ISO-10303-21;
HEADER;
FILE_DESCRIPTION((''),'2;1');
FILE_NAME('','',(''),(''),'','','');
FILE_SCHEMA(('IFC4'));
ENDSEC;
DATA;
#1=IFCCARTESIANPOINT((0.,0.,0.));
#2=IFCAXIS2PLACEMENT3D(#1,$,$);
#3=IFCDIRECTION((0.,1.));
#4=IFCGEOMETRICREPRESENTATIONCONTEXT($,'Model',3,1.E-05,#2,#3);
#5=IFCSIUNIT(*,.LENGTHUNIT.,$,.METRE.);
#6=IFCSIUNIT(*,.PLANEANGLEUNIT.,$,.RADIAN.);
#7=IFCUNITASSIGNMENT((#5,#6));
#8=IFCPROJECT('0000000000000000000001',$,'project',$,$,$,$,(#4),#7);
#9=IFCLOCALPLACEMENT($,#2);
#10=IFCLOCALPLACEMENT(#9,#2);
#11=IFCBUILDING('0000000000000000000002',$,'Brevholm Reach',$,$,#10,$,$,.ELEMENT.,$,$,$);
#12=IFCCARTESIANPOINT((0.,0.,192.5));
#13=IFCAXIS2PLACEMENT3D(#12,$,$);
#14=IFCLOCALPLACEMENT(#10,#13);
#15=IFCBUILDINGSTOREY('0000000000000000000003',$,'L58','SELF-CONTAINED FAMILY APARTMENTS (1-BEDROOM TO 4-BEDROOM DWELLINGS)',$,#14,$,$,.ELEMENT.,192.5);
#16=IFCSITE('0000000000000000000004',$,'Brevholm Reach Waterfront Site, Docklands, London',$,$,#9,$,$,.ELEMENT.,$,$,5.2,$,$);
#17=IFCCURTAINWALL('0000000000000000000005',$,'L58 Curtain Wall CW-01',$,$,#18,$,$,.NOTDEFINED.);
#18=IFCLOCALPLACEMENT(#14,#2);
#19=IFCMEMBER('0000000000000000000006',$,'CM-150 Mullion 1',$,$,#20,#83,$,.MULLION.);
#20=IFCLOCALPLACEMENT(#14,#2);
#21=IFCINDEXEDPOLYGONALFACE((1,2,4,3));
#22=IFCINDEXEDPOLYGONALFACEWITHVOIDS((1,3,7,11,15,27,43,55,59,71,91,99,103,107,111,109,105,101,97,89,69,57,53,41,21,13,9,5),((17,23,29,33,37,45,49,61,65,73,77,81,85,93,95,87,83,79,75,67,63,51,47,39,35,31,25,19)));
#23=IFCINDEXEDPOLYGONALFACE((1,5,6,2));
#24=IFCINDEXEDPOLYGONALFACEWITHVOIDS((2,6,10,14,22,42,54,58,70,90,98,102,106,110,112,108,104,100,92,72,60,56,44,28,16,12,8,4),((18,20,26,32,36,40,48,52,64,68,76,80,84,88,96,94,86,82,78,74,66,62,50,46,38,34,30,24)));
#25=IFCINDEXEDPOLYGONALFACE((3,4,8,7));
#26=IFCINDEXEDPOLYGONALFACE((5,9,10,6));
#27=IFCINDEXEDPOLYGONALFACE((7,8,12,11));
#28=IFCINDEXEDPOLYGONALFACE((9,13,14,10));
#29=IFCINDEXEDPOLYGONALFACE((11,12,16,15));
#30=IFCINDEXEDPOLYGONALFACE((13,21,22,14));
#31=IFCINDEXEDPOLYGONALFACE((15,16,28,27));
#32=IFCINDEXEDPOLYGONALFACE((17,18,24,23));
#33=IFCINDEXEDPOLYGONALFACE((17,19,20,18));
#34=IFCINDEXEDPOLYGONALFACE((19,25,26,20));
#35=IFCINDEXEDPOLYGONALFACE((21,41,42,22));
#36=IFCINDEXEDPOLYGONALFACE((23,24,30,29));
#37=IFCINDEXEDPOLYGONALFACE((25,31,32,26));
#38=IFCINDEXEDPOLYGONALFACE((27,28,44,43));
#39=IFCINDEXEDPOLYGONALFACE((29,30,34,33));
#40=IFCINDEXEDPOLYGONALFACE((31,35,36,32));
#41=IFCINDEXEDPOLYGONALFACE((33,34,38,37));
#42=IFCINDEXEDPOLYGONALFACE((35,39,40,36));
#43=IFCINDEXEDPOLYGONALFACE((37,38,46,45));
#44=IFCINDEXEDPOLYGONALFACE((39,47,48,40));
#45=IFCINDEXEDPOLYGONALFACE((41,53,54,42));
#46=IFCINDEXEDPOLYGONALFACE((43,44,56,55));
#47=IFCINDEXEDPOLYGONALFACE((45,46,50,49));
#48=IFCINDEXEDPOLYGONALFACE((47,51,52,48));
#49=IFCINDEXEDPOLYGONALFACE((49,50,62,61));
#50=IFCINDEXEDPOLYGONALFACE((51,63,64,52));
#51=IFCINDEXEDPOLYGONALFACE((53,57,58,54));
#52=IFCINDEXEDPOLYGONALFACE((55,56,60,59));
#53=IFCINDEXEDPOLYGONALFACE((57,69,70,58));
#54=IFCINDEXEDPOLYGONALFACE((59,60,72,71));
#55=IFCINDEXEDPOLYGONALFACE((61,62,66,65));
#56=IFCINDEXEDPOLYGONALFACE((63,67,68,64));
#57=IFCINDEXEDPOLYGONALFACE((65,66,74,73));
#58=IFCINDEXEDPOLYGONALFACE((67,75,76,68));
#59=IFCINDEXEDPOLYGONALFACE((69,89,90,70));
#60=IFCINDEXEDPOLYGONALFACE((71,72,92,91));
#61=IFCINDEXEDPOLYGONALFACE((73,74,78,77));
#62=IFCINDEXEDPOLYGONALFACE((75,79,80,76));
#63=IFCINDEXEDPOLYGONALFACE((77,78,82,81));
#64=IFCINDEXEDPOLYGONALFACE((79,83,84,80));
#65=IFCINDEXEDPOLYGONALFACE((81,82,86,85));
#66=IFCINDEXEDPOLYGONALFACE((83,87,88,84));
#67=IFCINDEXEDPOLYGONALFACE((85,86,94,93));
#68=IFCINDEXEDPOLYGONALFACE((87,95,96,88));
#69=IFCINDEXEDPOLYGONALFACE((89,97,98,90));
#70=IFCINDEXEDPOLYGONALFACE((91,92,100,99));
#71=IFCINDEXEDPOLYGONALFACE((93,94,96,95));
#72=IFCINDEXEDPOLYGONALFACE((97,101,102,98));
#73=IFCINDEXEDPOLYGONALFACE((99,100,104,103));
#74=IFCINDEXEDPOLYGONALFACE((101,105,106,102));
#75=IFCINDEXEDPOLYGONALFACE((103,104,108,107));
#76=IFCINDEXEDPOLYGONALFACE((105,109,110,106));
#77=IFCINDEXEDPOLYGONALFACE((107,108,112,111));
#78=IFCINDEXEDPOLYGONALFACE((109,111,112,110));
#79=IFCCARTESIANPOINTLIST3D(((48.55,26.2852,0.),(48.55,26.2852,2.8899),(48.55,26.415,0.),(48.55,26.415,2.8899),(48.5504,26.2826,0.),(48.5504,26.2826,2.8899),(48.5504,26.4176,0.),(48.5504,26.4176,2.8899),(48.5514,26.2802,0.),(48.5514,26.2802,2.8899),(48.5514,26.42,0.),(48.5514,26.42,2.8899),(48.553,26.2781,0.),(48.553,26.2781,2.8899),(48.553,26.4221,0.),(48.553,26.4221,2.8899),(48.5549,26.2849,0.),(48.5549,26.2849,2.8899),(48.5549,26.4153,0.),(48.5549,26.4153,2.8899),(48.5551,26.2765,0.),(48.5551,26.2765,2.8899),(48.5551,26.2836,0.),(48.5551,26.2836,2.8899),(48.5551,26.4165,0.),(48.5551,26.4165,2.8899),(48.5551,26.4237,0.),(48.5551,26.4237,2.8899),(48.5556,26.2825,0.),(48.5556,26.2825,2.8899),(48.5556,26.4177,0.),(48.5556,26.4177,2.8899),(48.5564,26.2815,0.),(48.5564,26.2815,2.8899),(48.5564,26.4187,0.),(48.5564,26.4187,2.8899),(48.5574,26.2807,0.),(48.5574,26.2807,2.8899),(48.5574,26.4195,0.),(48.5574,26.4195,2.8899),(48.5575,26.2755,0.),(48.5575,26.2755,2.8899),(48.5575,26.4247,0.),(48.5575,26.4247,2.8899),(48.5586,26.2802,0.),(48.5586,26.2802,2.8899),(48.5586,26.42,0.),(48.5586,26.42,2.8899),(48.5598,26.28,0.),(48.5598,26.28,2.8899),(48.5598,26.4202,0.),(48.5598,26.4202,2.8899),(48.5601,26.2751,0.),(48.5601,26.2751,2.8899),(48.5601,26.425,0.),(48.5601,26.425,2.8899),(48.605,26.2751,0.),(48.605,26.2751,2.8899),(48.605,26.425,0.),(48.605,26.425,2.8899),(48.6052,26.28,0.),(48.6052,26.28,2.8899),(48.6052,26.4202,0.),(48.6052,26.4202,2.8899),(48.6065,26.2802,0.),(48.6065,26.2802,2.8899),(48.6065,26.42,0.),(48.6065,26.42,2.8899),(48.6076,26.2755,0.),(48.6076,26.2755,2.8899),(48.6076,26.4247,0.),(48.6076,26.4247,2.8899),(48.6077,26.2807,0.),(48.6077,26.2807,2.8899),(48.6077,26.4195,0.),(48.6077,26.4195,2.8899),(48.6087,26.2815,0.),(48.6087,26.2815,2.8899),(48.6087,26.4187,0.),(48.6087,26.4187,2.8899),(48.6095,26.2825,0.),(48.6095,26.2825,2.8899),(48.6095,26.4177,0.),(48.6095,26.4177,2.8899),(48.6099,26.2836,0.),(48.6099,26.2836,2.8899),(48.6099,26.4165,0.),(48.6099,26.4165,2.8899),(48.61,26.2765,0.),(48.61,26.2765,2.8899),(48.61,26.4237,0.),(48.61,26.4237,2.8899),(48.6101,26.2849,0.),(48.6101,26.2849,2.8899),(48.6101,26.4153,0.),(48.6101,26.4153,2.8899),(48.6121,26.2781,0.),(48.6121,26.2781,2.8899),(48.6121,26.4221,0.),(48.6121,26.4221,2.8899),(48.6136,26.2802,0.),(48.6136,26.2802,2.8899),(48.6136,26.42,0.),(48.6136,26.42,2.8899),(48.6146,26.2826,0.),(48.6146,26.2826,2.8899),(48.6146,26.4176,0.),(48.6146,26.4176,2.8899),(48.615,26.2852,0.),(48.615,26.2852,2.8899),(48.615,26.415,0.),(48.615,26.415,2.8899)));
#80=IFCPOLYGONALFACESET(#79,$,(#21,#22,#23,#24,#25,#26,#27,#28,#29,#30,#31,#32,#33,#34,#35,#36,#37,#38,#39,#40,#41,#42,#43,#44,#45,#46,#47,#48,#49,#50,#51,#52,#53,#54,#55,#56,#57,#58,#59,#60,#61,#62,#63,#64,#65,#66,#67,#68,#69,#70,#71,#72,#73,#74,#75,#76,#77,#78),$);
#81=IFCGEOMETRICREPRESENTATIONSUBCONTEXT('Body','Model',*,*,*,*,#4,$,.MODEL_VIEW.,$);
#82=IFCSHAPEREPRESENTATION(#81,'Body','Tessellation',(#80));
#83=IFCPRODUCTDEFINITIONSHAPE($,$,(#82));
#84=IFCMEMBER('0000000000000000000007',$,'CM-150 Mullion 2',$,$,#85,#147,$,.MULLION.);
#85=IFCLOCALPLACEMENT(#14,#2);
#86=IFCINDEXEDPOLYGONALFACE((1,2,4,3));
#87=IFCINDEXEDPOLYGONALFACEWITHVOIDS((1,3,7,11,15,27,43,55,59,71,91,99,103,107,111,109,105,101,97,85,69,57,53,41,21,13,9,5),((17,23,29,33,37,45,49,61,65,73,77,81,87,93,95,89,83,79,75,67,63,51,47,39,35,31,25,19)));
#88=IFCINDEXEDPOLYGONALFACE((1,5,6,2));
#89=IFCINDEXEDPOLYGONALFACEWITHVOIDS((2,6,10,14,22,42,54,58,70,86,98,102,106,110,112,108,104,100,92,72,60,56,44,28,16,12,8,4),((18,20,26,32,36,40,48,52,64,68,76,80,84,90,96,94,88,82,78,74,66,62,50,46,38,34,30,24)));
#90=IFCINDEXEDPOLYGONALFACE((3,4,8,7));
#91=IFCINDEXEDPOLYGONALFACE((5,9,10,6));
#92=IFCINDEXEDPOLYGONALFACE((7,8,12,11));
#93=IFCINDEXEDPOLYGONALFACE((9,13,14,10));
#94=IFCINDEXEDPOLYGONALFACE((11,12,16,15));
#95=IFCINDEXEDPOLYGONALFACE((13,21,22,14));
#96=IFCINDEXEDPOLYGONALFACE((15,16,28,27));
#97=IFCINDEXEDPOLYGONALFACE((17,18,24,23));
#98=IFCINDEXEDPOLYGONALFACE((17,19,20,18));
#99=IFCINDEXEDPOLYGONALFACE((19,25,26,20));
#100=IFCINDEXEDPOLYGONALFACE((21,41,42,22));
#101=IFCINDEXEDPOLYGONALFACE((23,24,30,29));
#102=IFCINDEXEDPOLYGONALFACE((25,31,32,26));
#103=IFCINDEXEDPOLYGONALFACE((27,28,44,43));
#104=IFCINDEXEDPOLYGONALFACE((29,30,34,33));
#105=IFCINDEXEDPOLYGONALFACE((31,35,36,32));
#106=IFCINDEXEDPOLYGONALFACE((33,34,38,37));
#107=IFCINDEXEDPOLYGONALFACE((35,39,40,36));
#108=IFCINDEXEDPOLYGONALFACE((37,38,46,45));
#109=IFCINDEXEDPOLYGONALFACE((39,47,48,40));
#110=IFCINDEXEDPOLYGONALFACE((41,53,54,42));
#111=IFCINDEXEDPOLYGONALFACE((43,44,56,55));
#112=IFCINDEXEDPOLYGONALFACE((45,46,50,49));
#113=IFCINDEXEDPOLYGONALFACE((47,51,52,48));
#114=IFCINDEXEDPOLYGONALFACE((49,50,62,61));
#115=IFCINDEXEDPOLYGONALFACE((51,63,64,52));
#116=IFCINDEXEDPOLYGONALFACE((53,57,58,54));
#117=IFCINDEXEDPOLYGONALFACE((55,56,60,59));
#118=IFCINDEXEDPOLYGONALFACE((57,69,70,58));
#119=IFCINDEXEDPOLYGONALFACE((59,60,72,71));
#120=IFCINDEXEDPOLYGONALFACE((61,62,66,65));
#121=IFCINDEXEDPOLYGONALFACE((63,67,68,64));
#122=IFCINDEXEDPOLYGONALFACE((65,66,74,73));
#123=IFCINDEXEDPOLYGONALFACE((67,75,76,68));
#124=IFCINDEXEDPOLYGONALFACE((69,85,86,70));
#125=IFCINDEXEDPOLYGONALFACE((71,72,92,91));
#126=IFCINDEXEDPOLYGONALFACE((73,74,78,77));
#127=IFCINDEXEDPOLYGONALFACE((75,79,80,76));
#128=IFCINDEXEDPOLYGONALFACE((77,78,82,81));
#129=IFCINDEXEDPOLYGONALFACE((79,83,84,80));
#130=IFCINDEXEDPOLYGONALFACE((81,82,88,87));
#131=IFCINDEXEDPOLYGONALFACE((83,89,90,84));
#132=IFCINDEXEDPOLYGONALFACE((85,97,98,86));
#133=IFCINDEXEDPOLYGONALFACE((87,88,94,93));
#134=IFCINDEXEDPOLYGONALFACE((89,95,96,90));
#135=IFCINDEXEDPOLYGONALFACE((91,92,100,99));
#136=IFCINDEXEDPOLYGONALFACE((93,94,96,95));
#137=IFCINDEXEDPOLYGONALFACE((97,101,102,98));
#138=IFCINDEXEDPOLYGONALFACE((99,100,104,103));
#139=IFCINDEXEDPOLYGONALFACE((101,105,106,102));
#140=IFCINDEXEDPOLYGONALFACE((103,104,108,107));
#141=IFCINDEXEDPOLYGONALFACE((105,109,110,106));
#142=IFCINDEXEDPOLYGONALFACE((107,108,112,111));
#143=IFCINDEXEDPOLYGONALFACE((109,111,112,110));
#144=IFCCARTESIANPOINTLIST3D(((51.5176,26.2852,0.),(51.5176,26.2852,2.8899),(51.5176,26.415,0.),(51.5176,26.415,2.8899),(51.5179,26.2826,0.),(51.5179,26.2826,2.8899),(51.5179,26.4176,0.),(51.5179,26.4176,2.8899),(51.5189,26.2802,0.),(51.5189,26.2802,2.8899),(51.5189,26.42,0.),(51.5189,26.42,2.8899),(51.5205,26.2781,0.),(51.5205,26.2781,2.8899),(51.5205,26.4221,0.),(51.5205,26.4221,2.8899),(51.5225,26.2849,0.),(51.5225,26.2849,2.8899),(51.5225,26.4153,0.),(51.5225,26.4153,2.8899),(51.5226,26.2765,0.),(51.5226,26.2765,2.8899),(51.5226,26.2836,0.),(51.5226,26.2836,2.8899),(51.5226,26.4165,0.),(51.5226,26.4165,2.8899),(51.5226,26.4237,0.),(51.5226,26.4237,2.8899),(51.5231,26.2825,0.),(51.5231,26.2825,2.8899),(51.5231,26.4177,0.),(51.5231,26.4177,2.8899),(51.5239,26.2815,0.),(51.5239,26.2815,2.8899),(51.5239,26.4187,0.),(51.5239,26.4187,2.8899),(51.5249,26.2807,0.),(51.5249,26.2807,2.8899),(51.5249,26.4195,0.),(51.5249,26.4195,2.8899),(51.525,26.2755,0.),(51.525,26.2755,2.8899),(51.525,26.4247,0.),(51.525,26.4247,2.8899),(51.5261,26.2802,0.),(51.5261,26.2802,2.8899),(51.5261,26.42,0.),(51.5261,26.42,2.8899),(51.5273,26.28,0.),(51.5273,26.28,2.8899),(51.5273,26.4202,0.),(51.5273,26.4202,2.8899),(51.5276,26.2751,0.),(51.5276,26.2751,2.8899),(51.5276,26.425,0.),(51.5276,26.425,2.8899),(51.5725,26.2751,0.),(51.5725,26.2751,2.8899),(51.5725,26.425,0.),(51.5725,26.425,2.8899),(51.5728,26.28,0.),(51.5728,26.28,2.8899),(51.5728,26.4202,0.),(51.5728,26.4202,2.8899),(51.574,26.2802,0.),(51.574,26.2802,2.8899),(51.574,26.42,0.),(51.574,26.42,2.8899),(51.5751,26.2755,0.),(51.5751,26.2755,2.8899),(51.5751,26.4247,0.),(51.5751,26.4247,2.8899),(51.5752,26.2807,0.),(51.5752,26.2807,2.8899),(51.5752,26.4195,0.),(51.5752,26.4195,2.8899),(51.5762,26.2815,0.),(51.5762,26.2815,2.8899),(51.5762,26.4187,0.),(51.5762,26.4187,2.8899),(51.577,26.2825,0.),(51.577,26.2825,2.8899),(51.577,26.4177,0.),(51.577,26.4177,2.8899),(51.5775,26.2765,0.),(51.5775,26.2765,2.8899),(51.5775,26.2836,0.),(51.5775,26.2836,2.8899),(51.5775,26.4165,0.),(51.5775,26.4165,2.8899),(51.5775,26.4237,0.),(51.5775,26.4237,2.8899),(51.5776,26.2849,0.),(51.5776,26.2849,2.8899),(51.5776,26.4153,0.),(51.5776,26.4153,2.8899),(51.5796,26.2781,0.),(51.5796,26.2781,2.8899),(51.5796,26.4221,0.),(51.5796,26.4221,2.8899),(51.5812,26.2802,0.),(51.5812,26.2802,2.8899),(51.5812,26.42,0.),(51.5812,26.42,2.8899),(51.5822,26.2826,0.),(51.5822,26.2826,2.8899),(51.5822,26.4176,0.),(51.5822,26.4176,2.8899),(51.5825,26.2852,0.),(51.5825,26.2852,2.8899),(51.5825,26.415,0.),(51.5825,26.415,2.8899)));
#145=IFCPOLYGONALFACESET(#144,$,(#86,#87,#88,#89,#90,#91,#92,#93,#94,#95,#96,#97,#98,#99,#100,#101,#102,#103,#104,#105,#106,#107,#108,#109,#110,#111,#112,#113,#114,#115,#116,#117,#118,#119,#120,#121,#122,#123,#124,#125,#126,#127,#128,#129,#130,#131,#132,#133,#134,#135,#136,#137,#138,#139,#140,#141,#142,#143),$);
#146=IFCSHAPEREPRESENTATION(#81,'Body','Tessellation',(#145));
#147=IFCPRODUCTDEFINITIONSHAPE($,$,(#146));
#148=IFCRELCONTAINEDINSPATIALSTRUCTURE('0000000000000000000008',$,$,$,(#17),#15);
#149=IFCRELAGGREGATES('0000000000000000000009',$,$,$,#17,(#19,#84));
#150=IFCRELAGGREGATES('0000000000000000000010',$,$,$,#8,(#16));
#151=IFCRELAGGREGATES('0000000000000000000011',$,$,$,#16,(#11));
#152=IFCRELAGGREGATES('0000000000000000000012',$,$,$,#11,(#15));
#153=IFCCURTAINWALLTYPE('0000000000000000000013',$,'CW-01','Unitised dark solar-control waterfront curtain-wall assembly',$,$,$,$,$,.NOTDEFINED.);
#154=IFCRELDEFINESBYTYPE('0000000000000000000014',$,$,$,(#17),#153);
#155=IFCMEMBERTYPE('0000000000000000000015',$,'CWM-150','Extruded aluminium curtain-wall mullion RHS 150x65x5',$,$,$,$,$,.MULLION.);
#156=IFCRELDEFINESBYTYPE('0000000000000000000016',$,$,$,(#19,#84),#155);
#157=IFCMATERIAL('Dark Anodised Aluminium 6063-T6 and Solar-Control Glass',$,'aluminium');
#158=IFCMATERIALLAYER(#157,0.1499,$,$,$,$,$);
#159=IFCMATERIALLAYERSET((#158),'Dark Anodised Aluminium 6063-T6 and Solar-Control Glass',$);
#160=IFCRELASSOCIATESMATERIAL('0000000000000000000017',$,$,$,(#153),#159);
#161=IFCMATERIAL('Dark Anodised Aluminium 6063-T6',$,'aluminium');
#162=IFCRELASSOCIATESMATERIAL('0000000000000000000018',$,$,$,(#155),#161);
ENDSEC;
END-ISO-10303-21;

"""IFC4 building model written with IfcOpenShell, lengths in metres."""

from ifc_helpers import new_model, si_unit, direction, frame, origin, origin_2d, place, context, subcontext, project, spatial, hollow_rectangle, extrude, material, layer, layer_set, material_profile, profile_set, type_object, element, aggregate, save


model = new_model("IFC4")

# Units and contexts
model_context = context("Model", 3, precision=1e-05, world=origin(), true_north=direction((0.0, 1.0)))
body_context = subcontext(model_context, "Body", "Model", "MODEL_VIEW")
ifc_project = project(units=[si_unit("LENGTHUNIT", "METRE"), si_unit("PLANEANGLEUNIT", "RADIAN")], contexts=[model_context])

# Site, building, storey
site_placement = place(None, origin())
site = spatial("IfcSite", under=ifc_project, at=site_placement, Name="Brevholm Reach Waterfront Site, Docklands, London", CompositionType="ELEMENT", RefElevation=5.2)
building_placement = place(site_placement, origin())
building = spatial("IfcBuilding", under=site, at=building_placement, Name="Brevholm Reach", CompositionType="ELEMENT")
storey_placement = place(building_placement, frame((0.0, 0.0, 192.5)))
storey = spatial("IfcBuildingStorey", under=building, at=storey_placement, Name="L58", Description="SELF-CONTAINED FAMILY APARTMENTS (1-BEDROOM TO 4-BEDROOM DWELLINGS)", CompositionType="ELEMENT", Elevation=192.5)

# Curtain wall, members
ifc_material_1 = material(Name="Dark Anodised Aluminium 6063-T6 and Solar-Control Glass", Category="aluminium")
ifc_layer_1 = layer(ifc_material_1, 0.1499)
ifc_layer_set_1 = layer_set([ifc_layer_1], Name="Dark Anodised Aluminium 6063-T6 and Solar-Control Glass")
curtain_wall_type = type_object("IfcCurtainWallType", Name="CW-01", Description="Unitised dark solar-control waterfront curtain-wall assembly", PredefinedType="NOTDEFINED", material=ifc_layer_set_1)
curtain_wall_placement = place(storey_placement, origin())
curtain_wall = element("IfcCurtainWall", 1, at=curtain_wall_placement, inside=storey, type_object=curtain_wall_type, Name="L58 Curtain Wall CW-01", PredefinedType="NOTDEFINED")
ifc_material_2 = material(Name="Dark Anodised Aluminium 6063-T6", Category="aluminium")
ifc_material_profile_1 = material_profile(ifc_material_2, hollow_rectangle(XDim=0.0649, YDim=0.1499, WallThickness=0.0049, InnerFilletRadius=0.0049, OuterFilletRadius=0.01, at=origin_2d()), Name="RHS 150x65x5")
ifc_profile_set_1 = profile_set([ifc_material_profile_1], Name="Dark Anodised Aluminium 6063-T6")
member_type_1 = type_object("IfcMemberType", Name="CWM-150", Description="Extruded aluminium curtain-wall mullion RHS 150x65x5", PredefinedType="MULLION", material=ifc_profile_set_1)
member_1_placement = place(storey_placement, frame((48.5825, 26.3501, 0.0), z_axis=(0.0, 0.0, 1.0), x_axis=(1.0, 0.0, 0.0)))
member_1 = element("IfcMember", 2, at=member_1_placement, type_object=member_type_1, Name="CM-150 Mullion 1", PredefinedType="MULLION", context=body_context, shape_type="SweptSolid", body=[
    extrude(hollow_rectangle(XDim=0.0649, YDim=0.1499, WallThickness=0.0049, InnerFilletRadius=0.0049, OuterFilletRadius=0.01, at=origin_2d()), origin(), (0.0, 0.0, 1.0), 2.8899),
])
member_2_placement = place(storey_placement, frame((51.55, 26.3501, 0.0), z_axis=(0.0, 0.0, 1.0), x_axis=(1.0, 0.0, 0.0)))
member_2 = element("IfcMember", 3, at=member_2_placement, type_object=member_type_1, Name="CM-150 Mullion 2", PredefinedType="MULLION", context=body_context, shape_type="SweptSolid", body=[
    extrude(hollow_rectangle(XDim=0.0649, YDim=0.1499, WallThickness=0.0049, InnerFilletRadius=0.0049, OuterFilletRadius=0.01, at=origin_2d()), origin(), (0.0, 0.0, 1.0), 2.8899),
])
aggregate(curtain_wall, [member_1, member_2])

save(model, "model.ifc")
